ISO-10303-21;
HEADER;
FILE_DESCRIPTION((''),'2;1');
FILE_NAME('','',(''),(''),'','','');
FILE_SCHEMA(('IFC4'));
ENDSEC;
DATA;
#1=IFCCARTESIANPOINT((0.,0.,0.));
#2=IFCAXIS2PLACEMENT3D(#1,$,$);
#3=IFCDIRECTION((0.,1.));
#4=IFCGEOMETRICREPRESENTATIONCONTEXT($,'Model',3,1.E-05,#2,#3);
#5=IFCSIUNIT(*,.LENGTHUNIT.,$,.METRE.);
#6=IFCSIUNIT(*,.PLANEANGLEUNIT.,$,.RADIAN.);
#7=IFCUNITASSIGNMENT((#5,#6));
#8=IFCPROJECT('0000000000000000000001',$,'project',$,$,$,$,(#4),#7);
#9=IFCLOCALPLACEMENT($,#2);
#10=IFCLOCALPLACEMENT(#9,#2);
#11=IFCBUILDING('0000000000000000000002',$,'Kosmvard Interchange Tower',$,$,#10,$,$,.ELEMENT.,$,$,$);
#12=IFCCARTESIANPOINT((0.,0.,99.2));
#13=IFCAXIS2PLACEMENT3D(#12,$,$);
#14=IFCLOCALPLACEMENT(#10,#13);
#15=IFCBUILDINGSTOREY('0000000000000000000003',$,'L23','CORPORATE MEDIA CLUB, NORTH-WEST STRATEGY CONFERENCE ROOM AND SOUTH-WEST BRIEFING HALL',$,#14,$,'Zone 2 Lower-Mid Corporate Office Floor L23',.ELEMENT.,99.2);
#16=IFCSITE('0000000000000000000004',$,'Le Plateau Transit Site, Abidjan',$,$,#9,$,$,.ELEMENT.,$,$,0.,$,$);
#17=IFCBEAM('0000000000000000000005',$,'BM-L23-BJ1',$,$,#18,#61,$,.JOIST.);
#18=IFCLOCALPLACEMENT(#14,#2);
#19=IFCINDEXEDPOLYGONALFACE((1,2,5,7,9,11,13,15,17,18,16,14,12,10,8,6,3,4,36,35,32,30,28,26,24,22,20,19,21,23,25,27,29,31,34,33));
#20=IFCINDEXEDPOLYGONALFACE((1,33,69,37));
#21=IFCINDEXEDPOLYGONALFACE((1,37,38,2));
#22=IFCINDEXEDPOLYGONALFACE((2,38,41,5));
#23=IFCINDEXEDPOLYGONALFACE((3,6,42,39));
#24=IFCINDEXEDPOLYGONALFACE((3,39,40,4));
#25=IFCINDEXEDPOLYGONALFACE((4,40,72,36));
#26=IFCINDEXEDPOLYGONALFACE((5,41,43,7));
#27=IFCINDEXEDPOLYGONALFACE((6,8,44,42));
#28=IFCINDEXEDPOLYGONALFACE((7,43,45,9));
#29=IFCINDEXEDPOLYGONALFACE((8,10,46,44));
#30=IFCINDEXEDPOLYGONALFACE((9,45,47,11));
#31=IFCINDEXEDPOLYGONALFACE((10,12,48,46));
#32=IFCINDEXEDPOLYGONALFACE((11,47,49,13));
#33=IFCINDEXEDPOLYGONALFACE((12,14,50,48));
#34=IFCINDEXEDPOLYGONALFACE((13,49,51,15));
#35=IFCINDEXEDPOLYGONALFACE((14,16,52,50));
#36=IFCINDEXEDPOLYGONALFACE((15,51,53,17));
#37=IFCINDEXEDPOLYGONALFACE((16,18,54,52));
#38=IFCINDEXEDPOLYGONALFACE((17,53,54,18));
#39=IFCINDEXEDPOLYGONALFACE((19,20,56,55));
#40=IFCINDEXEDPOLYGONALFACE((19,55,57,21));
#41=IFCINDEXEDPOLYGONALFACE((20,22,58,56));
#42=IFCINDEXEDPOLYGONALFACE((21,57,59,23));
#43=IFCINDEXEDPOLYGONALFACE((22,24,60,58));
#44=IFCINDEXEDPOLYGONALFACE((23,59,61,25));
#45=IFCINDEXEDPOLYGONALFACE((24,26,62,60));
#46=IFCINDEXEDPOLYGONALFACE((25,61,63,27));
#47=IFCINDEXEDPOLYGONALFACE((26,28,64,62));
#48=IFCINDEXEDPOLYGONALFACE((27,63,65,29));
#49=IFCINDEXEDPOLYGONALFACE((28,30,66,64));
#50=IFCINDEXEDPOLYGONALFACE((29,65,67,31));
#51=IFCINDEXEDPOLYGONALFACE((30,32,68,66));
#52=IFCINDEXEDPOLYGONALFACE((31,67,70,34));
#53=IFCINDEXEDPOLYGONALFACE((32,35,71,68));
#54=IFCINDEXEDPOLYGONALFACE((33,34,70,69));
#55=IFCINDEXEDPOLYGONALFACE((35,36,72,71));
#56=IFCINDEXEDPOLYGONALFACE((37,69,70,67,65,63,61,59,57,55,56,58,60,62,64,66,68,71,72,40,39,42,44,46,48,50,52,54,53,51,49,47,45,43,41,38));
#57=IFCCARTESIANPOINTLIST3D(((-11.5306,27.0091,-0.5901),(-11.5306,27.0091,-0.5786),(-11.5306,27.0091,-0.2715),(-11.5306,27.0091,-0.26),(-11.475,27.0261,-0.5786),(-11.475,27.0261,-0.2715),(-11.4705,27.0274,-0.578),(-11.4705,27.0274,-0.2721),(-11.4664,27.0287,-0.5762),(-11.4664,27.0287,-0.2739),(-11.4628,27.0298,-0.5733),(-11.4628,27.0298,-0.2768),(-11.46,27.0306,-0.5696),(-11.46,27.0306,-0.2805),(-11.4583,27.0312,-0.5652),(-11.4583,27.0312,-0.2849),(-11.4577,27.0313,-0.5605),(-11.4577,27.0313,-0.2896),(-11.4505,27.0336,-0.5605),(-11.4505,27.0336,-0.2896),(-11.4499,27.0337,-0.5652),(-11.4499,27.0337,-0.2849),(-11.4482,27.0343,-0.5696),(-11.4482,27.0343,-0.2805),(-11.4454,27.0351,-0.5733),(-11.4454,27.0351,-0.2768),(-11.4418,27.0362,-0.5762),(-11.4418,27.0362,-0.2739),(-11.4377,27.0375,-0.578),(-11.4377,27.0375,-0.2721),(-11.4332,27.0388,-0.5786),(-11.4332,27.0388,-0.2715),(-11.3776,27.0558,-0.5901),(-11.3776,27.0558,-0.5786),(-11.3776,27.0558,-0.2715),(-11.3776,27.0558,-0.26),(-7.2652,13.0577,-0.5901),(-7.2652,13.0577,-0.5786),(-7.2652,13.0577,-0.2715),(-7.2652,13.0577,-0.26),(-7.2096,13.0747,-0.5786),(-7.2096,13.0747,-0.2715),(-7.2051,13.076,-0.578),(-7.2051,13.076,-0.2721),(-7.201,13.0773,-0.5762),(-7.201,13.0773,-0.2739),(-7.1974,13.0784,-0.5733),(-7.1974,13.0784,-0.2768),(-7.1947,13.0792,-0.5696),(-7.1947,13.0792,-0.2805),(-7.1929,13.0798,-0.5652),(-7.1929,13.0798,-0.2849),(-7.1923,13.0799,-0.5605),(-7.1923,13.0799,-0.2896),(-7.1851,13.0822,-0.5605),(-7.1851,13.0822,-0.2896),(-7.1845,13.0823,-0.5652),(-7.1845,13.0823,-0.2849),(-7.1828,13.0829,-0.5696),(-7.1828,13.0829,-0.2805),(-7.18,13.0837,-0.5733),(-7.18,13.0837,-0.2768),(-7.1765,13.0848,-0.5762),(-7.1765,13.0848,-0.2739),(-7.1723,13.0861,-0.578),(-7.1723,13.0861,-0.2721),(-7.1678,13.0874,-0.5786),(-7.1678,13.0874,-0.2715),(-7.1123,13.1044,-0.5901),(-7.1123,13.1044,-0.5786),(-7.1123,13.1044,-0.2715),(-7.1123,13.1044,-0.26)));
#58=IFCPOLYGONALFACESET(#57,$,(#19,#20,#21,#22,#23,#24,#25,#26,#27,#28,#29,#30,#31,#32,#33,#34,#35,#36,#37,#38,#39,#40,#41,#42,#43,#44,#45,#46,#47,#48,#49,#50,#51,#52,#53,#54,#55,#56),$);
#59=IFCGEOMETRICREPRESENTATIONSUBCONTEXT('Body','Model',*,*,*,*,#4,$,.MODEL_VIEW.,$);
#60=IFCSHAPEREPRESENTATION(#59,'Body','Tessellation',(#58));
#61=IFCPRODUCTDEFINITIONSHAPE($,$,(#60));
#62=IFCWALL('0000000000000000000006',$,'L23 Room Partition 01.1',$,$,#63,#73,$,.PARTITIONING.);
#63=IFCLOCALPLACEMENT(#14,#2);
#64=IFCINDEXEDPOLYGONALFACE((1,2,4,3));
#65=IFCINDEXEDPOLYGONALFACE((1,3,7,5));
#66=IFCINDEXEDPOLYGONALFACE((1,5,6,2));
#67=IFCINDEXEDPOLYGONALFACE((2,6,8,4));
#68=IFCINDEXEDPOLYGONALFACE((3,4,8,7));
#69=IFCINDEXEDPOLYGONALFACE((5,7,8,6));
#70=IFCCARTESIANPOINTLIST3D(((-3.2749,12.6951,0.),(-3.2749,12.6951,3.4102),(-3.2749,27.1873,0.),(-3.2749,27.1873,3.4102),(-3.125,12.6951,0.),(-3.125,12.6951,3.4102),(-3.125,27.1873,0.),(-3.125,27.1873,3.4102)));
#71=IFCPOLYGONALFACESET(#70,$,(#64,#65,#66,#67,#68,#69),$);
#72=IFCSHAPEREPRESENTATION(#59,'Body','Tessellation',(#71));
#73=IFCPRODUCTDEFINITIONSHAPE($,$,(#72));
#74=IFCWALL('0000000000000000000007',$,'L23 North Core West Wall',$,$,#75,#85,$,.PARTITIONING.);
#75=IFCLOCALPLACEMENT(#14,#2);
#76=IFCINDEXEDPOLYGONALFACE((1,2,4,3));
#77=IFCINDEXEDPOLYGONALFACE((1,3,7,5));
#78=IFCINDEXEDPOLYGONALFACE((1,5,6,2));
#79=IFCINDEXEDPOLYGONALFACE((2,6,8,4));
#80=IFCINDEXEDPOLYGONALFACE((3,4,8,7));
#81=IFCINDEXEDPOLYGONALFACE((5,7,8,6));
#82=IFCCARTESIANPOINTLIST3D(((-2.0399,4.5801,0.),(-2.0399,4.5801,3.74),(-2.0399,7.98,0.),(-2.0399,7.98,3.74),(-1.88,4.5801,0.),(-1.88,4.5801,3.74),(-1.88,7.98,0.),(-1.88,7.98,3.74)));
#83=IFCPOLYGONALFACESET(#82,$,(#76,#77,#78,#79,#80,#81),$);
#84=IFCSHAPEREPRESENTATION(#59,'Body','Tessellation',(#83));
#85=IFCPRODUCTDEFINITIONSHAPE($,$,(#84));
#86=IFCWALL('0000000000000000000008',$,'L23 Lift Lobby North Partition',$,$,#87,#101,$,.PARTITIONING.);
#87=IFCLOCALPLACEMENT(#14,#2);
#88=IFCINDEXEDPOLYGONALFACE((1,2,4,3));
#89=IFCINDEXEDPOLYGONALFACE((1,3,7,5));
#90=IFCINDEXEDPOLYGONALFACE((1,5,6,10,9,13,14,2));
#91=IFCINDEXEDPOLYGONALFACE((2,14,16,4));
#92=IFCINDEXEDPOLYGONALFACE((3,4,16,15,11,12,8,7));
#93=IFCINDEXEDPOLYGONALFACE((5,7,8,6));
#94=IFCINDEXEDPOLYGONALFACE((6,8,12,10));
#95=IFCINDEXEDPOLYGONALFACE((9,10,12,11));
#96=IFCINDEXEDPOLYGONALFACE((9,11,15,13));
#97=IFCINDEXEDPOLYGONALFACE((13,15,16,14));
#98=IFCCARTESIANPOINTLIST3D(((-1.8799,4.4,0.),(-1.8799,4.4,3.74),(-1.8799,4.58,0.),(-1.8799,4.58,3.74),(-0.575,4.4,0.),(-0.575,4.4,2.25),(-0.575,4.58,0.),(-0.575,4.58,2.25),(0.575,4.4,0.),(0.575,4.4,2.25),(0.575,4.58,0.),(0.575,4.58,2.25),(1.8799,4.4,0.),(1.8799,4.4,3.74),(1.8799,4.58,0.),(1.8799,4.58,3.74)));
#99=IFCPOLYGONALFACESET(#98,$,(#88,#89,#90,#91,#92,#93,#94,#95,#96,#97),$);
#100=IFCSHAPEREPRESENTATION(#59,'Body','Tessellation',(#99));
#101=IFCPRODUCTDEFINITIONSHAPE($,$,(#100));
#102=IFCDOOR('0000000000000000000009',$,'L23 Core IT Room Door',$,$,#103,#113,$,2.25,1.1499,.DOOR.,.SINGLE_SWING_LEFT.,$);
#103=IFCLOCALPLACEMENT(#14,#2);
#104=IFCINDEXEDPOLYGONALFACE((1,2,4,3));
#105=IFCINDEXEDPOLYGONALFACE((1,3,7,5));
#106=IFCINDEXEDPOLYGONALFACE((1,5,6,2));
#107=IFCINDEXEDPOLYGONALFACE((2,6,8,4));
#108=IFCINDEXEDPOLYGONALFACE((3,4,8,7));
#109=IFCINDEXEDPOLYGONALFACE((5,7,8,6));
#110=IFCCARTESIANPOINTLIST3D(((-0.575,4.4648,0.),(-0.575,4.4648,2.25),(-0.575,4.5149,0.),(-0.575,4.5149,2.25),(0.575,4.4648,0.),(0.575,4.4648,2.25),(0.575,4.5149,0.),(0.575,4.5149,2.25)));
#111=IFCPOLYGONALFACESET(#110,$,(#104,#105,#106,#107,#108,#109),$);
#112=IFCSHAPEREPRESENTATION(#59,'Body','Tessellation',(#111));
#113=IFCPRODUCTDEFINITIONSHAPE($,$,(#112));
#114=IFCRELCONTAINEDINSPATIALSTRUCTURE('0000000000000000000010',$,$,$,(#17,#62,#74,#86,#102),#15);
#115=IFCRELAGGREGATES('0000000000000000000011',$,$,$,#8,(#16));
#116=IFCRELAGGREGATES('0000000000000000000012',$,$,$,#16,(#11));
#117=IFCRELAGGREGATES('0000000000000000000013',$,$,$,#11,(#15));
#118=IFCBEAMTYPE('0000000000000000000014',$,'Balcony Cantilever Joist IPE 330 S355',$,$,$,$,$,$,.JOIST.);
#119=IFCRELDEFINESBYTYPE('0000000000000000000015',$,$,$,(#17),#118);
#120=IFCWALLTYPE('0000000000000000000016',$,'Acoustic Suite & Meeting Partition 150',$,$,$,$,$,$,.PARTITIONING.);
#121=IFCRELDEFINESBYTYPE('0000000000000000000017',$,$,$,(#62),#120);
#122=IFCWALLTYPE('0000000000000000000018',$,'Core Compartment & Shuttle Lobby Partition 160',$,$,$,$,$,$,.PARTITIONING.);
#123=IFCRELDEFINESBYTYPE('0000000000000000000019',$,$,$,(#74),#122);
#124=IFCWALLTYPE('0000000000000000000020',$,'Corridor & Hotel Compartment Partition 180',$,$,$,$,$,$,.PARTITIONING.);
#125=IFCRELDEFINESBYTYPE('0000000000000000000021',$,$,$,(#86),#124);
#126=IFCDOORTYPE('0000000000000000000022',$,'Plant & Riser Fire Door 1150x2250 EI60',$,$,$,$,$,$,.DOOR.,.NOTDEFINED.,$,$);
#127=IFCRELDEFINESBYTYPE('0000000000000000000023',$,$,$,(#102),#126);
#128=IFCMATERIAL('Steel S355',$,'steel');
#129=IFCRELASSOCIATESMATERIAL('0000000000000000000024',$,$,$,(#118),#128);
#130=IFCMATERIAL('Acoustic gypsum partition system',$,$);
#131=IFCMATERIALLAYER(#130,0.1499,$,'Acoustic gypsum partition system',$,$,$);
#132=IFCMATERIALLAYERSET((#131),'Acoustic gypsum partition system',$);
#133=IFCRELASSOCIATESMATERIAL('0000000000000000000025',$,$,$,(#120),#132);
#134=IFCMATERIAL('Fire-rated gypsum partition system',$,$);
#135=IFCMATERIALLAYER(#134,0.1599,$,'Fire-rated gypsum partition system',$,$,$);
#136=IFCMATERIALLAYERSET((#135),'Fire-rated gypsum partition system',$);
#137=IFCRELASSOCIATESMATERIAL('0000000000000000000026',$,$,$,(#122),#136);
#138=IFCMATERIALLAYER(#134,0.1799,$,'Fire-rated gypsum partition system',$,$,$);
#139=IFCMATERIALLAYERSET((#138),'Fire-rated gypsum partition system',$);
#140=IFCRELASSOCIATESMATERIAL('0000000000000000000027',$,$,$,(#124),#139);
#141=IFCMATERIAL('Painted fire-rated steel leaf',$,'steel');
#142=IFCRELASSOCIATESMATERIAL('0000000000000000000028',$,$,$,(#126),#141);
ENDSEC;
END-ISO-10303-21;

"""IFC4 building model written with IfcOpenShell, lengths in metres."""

from ifc_helpers import new_model, si_unit, direction, frame, frame_2d, origin, origin_2d, place, context, subcontext, project, spatial, rectangle, i_section, extrude, source, transform, mapped, material, layer, layer_set, material_profile, profile_set, type_object, element, fill, save


model = new_model("IFC4")

# Units and contexts
model_context = context("Model", 3, precision=1e-05, world=origin(), true_north=direction((0.0, 1.0)))
body_context = subcontext(model_context, "Body", "Model", "MODEL_VIEW")
ifc_project = project(units=[si_unit("LENGTHUNIT", "METRE"), si_unit("PLANEANGLEUNIT", "RADIAN")], contexts=[model_context])

# Site, building, storey
site_placement = place(None, origin())
site = spatial("IfcSite", under=ifc_project, at=site_placement, Name="Le Plateau Transit Site, Abidjan", CompositionType="ELEMENT", RefElevation=0.0)
building_placement = place(site_placement, origin())
building = spatial("IfcBuilding", under=site, at=building_placement, Name="Kosmvard Interchange Tower", CompositionType="ELEMENT")
storey_placement = place(building_placement, frame((0.0, 0.0, 99.2)))
storey = spatial("IfcBuildingStorey", under=building, at=storey_placement, Name="L23", Description="CORPORATE MEDIA CLUB, NORTH-WEST STRATEGY CONFERENCE ROOM AND SOUTH-WEST BRIEFING HALL", LongName="Zone 2 Lower-Mid Corporate Office Floor L23", CompositionType="ELEMENT", Elevation=99.2)

# Beam
ifc_material_1 = material(Name="Steel S355", Category="steel")
ifc_material_profile_1 = material_profile(ifc_material_1, i_section(OverallWidth=0.1599, OverallDepth=0.3301, WebThickness=0.0076, FlangeThickness=0.0115, FilletRadius=0.0181, at=origin_2d()), Name="IPE 330")
ifc_profile_set_1 = profile_set([ifc_material_profile_1], Name="Steel S355")
beam_type_1 = type_object("IfcBeamType", Name="Balcony Cantilever Joist IPE 330 S355", PredefinedType="JOIST", material=ifc_profile_set_1)
shared_shape_1 = source(origin(), body_context, "Body", "SweptSolid", [
    extrude(i_section(OverallWidth=0.1599, OverallDepth=0.3301, WebThickness=0.0076, FlangeThickness=0.0115, FilletRadius=0.0181, at=origin_2d()), origin(), (0.0, 0.0, 1.0), 14.5889),
])
beam_1_placement = place(storey_placement, frame((-7.1887, 13.0811, -0.425), z_axis=(-0.292372, 0.956305, 0.0), x_axis=(-0.956305, -0.292372, 0.0)))
element("IfcBeam", 1, at=beam_1_placement, inside=storey, type_object=beam_type_1, Name="BM-L23-BJ1", PredefinedType="JOIST", context=body_context, shape_type="MappedRepresentation", body=[
    mapped(shared_shape_1, transform((0.0, 0.0, 0.0), scale=1.0)),
])

# Walls
ifc_material_2 = material(Name="Acoustic gypsum partition system")
ifc_layer_1 = layer(ifc_material_2, 0.1499, Name="Acoustic gypsum partition system")
ifc_layer_set_1 = layer_set([ifc_layer_1], Name="Acoustic gypsum partition system")
wall_type_1 = type_object("IfcWallType", Name="Acoustic Suite & Meeting Partition 150", PredefinedType="PARTITIONING", material=ifc_layer_set_1)
wall_1_placement = place(storey_placement, frame((-3.2, 12.6951, 0.0), z_axis=(0.0, 0.0, 1.0), x_axis=(0.0, 1.0, 0.0)))
element("IfcWall", 2, at=wall_1_placement, inside=storey, type_object=wall_type_1, Name="L23 Room Partition 01.1", PredefinedType="PARTITIONING", context=body_context, shape_type="SweptSolid", body=[
    extrude(rectangle(XDim=14.4922, YDim=0.1499, at=frame_2d((7.2461, 0.0))), origin(), (0.0, 0.0, 1.0), 3.4102),
])
ifc_material_3 = material(Name="Fire-rated gypsum partition system")
ifc_layer_2 = layer(ifc_material_3, 0.1599, Name="Fire-rated gypsum partition system")
ifc_layer_set_2 = layer_set([ifc_layer_2], Name="Fire-rated gypsum partition system")
wall_type_2 = type_object("IfcWallType", Name="Core Compartment & Shuttle Lobby Partition 160", PredefinedType="PARTITIONING", material=ifc_layer_set_2)
wall_2_placement = place(storey_placement, frame((-1.96, 4.5801, 0.0), z_axis=(0.0, 0.0, 1.0), x_axis=(0.0, 1.0, 0.0)))
element("IfcWall", 3, at=wall_2_placement, inside=storey, type_object=wall_type_2, Name="L23 North Core West Wall", PredefinedType="PARTITIONING", context=body_context, shape_type="SweptSolid", body=[
    extrude(rectangle(XDim=3.3999, YDim=0.1599, at=frame_2d((1.7, 0.0))), origin(), (0.0, 0.0, 1.0), 3.74),
])

# Wall, opening, door
ifc_layer_3 = layer(ifc_material_3, 0.1799, Name="Fire-rated gypsum partition system")
ifc_layer_set_3 = layer_set([ifc_layer_3], Name="Fire-rated gypsum partition system")
wall_type_3 = type_object("IfcWallType", Name="Corridor & Hotel Compartment Partition 180", PredefinedType="PARTITIONING", material=ifc_layer_set_3)
wall_3_placement = place(storey_placement, frame((-1.8799, 4.49, 0.0), z_axis=(0.0, 0.0, 1.0), x_axis=(1.0, 0.0, 0.0)))
wall_3 = element("IfcWall", 4, at=wall_3_placement, inside=storey, type_object=wall_type_3, Name="L23 Lift Lobby North Partition", PredefinedType="PARTITIONING", context=body_context, shape_type="SweptSolid", body=[
    extrude(rectangle(XDim=3.7598, YDim=0.1799, at=frame_2d((1.8799, 0.0))), origin(), (0.0, 0.0, 1.0), 3.74),
])
opening_1_placement = place(wall_3_placement, frame((1.3049, 0.0, 0.0)))
opening_1 = element("IfcOpeningElement", 5, at=opening_1_placement, cuts=wall_3, PredefinedType="OPENING", context=body_context, shape_type="SweptSolid", body=[
    extrude(rectangle(XDim=1.1499, YDim=2.25, at=frame_2d((0.575, 1.125))), frame((0.0, 0.1001, 0.0), z_axis=(0.0, -1.0, 0.0), x_axis=(1.0, 0.0, 0.0)), (0.0, 0.0, 1.0), 0.2),
])
ifc_material_4 = material(Name="Painted fire-rated steel leaf", Category="steel")
door_type_1 = type_object("IfcDoorType", Name="Plant & Riser Fire Door 1150x2250 EI60", OperationType="NOTDEFINED", PredefinedType="DOOR", material=ifc_material_4)
shared_shape_2 = source(origin(), body_context, "Body", "SweptSolid", [
    extrude(rectangle(XDim=1.1499, YDim=2.25, at=frame_2d((0.575, 1.125))), frame((0.0, 0.0249, 0.0), z_axis=(0.0, -1.0, 0.0), x_axis=(1.0, 0.0, 0.0)), (0.0, 0.0, 1.0), 0.05),
])
door_1_placement = place(opening_1_placement, origin())
door_1 = element("IfcDoor", 6, at=door_1_placement, inside=storey, type_object=door_type_1, Name="L23 Core IT Room Door", OperationType="SINGLE_SWING_LEFT", OverallHeight=2.25, OverallWidth=1.1499, PredefinedType="DOOR", context=body_context, shape_type="MappedRepresentation", body=[
    mapped(shared_shape_2, transform((0.0, 0.0, 0.0), scale=1.0)),
])
fill(opening_1, door_1)

save(model, "model.ifc")
